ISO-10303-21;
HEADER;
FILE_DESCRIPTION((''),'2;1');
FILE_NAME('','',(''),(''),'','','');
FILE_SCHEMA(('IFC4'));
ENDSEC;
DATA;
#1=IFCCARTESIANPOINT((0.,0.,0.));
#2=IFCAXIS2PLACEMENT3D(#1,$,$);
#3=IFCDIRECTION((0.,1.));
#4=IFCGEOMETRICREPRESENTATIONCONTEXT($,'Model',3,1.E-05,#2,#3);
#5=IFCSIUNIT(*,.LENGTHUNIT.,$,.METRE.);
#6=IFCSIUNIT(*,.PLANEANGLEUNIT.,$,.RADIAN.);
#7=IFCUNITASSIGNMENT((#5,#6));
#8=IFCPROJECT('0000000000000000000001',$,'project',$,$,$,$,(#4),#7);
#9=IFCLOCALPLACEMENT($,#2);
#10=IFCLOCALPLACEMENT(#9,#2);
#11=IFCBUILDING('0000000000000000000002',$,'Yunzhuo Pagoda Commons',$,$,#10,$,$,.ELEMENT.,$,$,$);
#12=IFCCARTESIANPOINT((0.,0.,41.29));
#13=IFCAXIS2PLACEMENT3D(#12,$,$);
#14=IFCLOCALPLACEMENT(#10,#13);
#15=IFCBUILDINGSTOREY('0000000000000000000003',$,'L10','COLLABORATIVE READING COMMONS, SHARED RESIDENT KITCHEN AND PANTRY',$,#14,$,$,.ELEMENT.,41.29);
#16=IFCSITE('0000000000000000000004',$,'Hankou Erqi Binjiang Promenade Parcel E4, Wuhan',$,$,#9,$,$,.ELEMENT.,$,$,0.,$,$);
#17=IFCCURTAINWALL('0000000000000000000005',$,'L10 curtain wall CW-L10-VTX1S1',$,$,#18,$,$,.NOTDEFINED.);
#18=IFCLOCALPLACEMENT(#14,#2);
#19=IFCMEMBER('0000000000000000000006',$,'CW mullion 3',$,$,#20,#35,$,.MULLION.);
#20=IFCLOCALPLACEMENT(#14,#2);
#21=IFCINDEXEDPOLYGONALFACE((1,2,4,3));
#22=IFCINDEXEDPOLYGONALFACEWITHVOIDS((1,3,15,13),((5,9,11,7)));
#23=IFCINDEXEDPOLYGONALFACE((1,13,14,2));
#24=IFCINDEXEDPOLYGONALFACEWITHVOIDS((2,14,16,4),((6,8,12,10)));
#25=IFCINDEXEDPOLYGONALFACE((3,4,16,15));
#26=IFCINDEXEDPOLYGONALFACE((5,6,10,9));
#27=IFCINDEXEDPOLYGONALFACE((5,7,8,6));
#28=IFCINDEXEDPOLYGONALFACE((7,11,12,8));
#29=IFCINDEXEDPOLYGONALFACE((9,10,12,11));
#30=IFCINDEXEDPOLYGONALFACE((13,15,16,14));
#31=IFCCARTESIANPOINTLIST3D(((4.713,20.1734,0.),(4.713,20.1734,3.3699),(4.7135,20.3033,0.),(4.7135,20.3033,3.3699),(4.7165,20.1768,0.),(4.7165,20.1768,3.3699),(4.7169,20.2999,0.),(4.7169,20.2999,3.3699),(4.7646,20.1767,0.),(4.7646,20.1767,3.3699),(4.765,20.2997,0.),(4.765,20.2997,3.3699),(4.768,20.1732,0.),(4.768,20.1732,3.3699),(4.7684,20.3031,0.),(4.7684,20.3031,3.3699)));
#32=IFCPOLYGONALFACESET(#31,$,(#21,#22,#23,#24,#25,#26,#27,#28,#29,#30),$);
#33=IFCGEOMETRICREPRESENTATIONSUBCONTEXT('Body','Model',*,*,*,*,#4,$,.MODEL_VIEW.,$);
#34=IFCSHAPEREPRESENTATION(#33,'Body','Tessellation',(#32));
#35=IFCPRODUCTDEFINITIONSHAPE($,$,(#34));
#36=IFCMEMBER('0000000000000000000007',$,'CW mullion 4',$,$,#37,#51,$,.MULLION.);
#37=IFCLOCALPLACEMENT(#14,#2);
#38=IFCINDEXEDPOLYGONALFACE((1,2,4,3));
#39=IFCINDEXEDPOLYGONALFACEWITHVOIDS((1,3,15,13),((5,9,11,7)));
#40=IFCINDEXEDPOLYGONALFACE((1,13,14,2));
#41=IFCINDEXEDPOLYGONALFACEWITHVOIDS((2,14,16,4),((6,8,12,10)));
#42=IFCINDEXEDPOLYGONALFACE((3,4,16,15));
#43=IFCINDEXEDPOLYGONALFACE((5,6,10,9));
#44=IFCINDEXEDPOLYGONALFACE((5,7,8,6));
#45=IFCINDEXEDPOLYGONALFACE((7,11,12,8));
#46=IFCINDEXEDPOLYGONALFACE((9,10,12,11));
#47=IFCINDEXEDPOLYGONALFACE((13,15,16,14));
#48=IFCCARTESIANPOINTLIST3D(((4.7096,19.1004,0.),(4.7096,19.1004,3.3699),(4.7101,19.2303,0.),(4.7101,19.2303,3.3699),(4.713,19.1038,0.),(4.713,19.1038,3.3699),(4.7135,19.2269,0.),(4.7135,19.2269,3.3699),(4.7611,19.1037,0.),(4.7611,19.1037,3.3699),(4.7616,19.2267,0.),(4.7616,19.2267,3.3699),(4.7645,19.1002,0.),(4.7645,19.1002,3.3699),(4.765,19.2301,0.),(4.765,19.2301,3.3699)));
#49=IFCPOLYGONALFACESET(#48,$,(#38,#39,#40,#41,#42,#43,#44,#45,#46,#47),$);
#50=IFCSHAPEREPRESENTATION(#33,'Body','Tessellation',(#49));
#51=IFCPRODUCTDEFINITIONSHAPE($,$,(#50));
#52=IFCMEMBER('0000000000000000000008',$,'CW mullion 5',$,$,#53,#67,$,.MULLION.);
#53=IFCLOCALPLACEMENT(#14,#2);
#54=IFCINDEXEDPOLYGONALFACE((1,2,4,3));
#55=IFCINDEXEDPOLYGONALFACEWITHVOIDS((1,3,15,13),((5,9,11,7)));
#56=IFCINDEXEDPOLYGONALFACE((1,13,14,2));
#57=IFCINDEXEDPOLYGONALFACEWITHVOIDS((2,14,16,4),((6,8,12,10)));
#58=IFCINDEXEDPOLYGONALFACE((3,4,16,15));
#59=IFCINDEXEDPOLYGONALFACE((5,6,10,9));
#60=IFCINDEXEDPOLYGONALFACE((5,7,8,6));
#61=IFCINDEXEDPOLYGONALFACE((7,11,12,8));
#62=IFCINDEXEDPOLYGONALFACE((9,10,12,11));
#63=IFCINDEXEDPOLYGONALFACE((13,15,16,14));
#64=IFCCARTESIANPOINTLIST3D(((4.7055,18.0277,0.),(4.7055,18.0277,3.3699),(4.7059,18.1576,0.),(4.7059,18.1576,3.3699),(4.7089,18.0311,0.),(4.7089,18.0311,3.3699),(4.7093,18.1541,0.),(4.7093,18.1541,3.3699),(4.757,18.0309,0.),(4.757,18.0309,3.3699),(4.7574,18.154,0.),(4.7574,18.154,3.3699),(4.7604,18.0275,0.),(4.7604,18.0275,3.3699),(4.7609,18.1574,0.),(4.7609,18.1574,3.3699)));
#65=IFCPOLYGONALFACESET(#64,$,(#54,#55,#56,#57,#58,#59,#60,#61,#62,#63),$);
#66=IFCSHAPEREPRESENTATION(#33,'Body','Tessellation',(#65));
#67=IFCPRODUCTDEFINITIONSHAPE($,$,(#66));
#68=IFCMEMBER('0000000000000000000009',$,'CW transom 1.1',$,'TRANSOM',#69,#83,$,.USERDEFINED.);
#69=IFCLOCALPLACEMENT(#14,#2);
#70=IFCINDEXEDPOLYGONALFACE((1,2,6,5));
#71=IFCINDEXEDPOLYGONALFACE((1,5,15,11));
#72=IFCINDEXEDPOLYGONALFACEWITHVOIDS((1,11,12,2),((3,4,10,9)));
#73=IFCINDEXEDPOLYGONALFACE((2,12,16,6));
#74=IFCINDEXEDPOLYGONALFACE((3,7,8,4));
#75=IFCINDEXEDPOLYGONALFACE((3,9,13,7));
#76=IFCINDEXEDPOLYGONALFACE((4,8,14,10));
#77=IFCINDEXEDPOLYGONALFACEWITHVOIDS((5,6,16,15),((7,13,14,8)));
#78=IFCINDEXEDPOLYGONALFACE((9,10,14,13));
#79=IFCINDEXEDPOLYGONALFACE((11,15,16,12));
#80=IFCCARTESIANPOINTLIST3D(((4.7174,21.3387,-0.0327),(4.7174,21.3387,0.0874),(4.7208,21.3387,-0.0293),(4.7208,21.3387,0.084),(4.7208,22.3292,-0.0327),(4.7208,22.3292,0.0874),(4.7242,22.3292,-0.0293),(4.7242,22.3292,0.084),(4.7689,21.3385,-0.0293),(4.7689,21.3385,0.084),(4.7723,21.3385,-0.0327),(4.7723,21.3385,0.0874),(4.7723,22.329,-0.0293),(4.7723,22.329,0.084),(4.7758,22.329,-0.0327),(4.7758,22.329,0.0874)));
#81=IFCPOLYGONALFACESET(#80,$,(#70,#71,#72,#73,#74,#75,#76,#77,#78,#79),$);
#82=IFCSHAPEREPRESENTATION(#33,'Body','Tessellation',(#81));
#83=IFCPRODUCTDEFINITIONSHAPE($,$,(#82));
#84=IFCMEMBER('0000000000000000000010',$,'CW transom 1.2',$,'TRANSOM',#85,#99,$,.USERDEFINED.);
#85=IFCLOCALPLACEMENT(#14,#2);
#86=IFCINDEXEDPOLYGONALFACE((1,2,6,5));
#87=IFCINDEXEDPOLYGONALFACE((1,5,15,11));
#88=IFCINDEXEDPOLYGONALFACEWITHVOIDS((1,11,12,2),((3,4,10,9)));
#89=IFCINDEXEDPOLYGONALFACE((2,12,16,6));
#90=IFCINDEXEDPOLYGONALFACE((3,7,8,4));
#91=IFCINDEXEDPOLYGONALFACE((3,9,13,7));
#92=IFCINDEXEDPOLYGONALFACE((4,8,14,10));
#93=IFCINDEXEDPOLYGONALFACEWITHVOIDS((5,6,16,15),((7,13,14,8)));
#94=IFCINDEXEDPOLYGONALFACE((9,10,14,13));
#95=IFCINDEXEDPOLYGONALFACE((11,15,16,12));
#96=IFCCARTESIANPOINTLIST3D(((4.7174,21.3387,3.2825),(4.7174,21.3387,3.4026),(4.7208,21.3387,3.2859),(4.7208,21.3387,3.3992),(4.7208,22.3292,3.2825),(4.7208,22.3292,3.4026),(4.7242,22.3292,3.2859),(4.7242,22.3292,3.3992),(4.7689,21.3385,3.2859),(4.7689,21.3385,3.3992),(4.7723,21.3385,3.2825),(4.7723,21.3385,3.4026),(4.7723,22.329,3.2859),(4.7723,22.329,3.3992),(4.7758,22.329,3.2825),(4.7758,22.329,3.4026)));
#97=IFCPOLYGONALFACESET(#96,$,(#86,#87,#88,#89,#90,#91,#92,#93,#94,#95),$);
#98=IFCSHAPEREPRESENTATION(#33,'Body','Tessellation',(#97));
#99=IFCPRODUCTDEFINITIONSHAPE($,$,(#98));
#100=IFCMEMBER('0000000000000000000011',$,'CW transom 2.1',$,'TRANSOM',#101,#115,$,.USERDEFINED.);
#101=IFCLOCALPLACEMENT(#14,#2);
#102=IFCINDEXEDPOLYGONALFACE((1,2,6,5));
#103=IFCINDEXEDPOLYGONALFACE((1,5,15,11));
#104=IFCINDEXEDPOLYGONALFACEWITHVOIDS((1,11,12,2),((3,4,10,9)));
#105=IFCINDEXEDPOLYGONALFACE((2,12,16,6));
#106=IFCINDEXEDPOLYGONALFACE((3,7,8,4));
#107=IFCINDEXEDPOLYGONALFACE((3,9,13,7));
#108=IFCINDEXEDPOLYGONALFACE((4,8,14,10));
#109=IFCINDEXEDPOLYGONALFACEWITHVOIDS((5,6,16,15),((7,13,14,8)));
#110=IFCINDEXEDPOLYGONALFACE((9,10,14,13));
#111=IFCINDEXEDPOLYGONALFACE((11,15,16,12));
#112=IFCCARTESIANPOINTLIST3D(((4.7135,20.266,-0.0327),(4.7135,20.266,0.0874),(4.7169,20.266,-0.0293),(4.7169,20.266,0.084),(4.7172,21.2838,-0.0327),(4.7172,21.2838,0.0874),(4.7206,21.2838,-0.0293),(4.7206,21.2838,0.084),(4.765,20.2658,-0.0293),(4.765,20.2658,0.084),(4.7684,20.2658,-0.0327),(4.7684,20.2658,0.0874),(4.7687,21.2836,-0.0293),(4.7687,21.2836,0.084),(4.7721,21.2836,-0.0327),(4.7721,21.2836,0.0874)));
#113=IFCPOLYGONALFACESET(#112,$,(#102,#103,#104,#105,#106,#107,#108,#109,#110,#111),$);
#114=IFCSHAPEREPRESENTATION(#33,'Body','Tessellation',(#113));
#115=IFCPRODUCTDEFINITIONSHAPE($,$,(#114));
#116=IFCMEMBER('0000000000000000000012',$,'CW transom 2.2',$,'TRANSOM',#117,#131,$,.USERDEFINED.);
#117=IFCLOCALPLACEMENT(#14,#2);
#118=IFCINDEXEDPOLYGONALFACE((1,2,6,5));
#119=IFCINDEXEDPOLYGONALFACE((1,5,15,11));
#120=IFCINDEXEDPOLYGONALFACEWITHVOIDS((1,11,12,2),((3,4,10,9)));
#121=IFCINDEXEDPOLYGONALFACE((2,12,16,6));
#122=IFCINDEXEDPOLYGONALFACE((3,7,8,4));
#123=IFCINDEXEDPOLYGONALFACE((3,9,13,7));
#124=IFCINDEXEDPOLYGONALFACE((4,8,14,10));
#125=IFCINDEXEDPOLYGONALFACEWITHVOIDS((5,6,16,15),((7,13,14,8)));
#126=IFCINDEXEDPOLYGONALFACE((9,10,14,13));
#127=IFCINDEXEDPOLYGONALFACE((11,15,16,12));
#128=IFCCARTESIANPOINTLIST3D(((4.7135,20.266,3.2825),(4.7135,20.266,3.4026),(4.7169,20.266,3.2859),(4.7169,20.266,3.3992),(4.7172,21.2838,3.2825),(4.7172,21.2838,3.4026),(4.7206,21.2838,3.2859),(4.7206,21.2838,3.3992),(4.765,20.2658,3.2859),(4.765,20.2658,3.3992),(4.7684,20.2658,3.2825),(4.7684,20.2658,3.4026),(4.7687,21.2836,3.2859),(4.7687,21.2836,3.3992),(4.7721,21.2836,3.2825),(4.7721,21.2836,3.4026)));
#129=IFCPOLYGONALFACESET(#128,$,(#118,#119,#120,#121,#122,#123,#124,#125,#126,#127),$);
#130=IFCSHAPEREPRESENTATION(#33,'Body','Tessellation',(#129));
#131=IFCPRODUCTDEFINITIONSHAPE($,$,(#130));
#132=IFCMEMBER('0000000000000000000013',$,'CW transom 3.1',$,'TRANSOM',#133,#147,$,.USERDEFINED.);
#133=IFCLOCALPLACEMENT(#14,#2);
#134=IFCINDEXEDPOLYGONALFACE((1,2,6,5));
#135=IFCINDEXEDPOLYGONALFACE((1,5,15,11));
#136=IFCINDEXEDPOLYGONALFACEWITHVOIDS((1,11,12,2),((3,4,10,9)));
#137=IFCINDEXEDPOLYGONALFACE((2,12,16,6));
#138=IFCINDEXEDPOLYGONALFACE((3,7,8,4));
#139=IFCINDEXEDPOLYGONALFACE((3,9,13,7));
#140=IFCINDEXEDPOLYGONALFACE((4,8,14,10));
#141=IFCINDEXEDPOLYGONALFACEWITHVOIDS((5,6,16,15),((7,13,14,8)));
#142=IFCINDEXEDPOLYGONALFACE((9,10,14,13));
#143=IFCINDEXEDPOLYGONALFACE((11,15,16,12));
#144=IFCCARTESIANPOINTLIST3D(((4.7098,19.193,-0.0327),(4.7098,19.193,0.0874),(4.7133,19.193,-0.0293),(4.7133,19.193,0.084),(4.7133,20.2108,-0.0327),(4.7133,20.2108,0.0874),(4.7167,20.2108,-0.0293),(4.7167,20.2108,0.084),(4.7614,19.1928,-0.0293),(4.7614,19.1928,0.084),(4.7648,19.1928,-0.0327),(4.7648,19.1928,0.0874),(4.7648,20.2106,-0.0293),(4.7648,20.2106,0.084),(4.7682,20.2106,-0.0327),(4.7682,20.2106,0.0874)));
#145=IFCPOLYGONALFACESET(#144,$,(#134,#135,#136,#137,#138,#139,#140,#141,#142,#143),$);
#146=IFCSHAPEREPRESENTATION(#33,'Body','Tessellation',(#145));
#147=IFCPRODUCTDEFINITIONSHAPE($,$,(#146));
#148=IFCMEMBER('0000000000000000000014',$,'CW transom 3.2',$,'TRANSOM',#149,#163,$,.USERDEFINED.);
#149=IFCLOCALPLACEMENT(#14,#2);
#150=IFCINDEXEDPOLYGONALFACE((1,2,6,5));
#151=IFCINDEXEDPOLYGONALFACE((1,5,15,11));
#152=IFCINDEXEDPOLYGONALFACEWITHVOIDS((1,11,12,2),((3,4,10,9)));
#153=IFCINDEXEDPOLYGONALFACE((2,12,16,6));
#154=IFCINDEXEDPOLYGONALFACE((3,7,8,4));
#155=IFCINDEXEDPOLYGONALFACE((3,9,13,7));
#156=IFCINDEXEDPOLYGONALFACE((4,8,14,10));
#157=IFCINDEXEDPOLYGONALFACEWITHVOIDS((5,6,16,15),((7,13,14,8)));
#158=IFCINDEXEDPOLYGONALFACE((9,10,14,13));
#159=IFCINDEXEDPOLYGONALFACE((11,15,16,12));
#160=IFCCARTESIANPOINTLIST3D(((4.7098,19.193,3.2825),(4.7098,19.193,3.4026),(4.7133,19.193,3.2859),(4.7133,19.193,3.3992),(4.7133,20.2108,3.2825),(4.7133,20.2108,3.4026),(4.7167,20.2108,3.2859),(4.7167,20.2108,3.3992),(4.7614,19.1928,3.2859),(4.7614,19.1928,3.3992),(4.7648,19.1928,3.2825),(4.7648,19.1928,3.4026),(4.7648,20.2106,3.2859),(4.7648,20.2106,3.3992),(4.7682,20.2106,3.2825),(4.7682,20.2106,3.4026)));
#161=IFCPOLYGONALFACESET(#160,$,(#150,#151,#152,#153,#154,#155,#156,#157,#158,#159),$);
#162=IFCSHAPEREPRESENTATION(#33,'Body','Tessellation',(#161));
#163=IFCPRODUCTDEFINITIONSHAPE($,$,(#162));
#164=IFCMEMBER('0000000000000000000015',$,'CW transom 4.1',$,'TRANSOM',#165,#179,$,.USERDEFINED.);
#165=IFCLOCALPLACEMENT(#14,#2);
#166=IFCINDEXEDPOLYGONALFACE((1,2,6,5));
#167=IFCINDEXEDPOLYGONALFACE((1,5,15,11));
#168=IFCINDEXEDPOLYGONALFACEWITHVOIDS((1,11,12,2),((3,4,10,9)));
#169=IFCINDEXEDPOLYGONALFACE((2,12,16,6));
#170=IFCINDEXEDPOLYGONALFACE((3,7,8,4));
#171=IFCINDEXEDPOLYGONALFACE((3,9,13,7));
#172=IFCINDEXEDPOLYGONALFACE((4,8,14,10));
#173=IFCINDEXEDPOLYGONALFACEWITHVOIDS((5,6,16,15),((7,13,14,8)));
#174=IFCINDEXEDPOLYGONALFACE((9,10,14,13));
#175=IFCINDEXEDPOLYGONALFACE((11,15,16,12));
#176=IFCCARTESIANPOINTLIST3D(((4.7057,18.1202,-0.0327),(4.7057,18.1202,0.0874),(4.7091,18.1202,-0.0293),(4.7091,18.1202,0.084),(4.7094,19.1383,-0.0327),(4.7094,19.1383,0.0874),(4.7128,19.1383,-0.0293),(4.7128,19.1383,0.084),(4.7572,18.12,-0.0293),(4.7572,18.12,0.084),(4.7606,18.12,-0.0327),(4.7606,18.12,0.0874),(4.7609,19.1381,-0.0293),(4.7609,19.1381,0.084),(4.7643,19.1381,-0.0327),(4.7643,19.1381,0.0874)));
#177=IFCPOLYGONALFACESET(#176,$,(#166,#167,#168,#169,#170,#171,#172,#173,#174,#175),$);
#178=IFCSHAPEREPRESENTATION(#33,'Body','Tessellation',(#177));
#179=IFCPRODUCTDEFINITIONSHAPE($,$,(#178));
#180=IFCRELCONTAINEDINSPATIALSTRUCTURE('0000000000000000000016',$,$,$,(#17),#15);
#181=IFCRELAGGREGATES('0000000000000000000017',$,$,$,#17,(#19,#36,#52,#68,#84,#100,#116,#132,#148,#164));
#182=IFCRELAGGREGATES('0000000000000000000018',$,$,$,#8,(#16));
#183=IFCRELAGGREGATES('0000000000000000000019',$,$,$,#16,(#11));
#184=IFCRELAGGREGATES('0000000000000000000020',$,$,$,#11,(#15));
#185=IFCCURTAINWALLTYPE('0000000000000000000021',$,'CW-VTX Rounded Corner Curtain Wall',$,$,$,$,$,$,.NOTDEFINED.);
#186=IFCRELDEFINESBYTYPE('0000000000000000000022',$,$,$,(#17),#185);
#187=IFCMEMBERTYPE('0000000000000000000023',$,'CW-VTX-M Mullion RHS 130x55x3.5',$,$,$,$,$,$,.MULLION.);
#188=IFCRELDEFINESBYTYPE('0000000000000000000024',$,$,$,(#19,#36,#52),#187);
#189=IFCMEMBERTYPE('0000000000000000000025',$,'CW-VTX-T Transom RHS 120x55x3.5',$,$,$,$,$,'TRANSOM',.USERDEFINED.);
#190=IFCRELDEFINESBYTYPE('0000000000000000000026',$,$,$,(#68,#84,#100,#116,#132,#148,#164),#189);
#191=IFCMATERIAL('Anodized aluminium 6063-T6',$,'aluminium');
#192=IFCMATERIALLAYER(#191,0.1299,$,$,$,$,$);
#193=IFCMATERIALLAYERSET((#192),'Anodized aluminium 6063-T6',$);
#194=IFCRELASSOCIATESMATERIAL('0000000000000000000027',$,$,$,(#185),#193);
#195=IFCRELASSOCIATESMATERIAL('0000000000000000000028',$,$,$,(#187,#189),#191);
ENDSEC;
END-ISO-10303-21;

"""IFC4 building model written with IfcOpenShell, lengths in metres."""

from ifc_helpers import new_model, si_unit, direction, frame, origin, origin_2d, place, context, subcontext, project, spatial, hollow_rectangle, extrude, source, transform, mapped, material, layer, layer_set, material_profile, profile_set, type_object, element, aggregate, save


model = new_model("IFC4")

# Units and contexts
model_context = context("Model", 3, precision=1e-05, world=origin(), true_north=direction((0.0, 1.0)))
body_context = subcontext(model_context, "Body", "Model", "MODEL_VIEW")
ifc_project = project(units=[si_unit("LENGTHUNIT", "METRE"), si_unit("PLANEANGLEUNIT", "RADIAN")], contexts=[model_context])

# Site, building, storey
site_placement = place(None, origin())
site = spatial("IfcSite", under=ifc_project, at=site_placement, Name="Hankou Erqi Binjiang Promenade Parcel E4, Wuhan", CompositionType="ELEMENT", RefElevation=0.0)
building_placement = place(site_placement, origin())
building = spatial("IfcBuilding", under=site, at=building_placement, Name="Yunzhuo Pagoda Commons", CompositionType="ELEMENT")
storey_placement = place(building_placement, frame((0.0, 0.0, 41.29)))
storey = spatial("IfcBuildingStorey", under=building, at=storey_placement, Name="L10", Description="COLLABORATIVE READING COMMONS, SHARED RESIDENT KITCHEN AND PANTRY", CompositionType="ELEMENT", Elevation=41.29)

# Shared definitions
ifc_material_1 = material(Name="Anodized aluminium 6063-T6", Category="aluminium")

# Curtain wall, members
ifc_layer_1 = layer(ifc_material_1, 0.1299)
ifc_layer_set_1 = layer_set([ifc_layer_1], Name="Anodized aluminium 6063-T6")
curtain_wall_type_1 = type_object("IfcCurtainWallType", Name="CW-VTX Rounded Corner Curtain Wall", PredefinedType="NOTDEFINED", material=ifc_layer_set_1)
curtain_wall_1_placement = place(storey_placement, origin())
curtain_wall_1 = element("IfcCurtainWall", 1, at=curtain_wall_1_placement, inside=storey, type_object=curtain_wall_type_1, Name="L10 curtain wall CW-L10-VTX1S1", PredefinedType="NOTDEFINED")
ifc_material_profile_1 = material_profile(ifc_material_1, hollow_rectangle(XDim=0.0549, YDim=0.1299, WallThickness=0.0034, at=origin_2d()), Name="Anodized aluminium 6063-T6")
ifc_profile_set_1 = profile_set([ifc_material_profile_1], Name="Anodized aluminium 6063-T6")
member_type_1 = type_object("IfcMemberType", Name="CW-VTX-M Mullion RHS 130x55x3.5", PredefinedType="MULLION", material=ifc_profile_set_1)
shared_shape_1 = source(origin(), body_context, "Body", "SweptSolid", [
    extrude(hollow_rectangle(XDim=0.0549, YDim=0.1299, WallThickness=0.0034, at=origin_2d()), origin(), (0.0, 0.0, 1.0), 3.3699),
])
member_1_placement = place(storey_placement, frame((4.7407, 20.2383, 0.0), z_axis=(0.0, 0.0, 1.0), x_axis=(0.999994, -0.003579, 0.0)))
member_1 = element("IfcMember", 2, at=member_1_placement, type_object=member_type_1, Name="CW mullion 3", PredefinedType="MULLION", context=body_context, shape_type="MappedRepresentation", body=[
    mapped(shared_shape_1, transform((0.0, 0.0, 0.0), scale=1.0)),
])
member_2_placement = place(storey_placement, frame((4.7373, 19.1653, 0.0), z_axis=(0.0, 0.0, 1.0), x_axis=(0.999994, -0.003579, 0.0)))
member_2 = element("IfcMember", 3, at=member_2_placement, type_object=member_type_1, Name="CW mullion 4", PredefinedType="MULLION", context=body_context, shape_type="MappedRepresentation", body=[
    mapped(shared_shape_1, transform((0.0, 0.0, 0.0), scale=1.0)),
])
member_3_placement = place(storey_placement, frame((4.7332, 18.0925, 0.0), z_axis=(0.0, 0.0, 1.0), x_axis=(0.999994, -0.003579, 0.0)))
member_3 = element("IfcMember", 4, at=member_3_placement, type_object=member_type_1, Name="CW mullion 5", PredefinedType="MULLION", context=body_context, shape_type="MappedRepresentation", body=[
    mapped(shared_shape_1, transform((0.0, 0.0, 0.0), scale=1.0)),
])
ifc_material_profile_2 = material_profile(ifc_material_1, hollow_rectangle(XDim=0.0549, YDim=0.1201, WallThickness=0.0034, at=origin_2d()), Name="Anodized aluminium 6063-T6")
ifc_profile_set_2 = profile_set([ifc_material_profile_2], Name="Anodized aluminium 6063-T6")
member_type_2 = type_object("IfcMemberType", Name="CW-VTX-T Transom RHS 120x55x3.5", ElementType="TRANSOM", PredefinedType="USERDEFINED", material=ifc_profile_set_2)
shared_shape_2 = source(origin(), body_context, "Body", "SweptSolid", [
    extrude(hollow_rectangle(XDim=0.0549, YDim=0.1201, WallThickness=0.0034, at=origin_2d()), origin(), (0.0, 0.0, 1.0), 0.9905),
])
member_4_placement = place(storey_placement, frame((4.7483, 22.3291, 0.0273), z_axis=(-0.003451, -0.999994, 0.0), x_axis=(0.999994, -0.003451, 0.0)))
member_4 = element("IfcMember", 5, at=member_4_placement, type_object=member_type_2, Name="CW transom 1.1", ObjectType="TRANSOM", PredefinedType="USERDEFINED", context=body_context, shape_type="MappedRepresentation", body=[
    mapped(shared_shape_2, transform((0.0, 0.0, 0.0), scale=1.0)),
])
member_5_placement = place(storey_placement, frame((4.7483, 22.3291, 3.3425), z_axis=(-0.003451, -0.999994, 0.0), x_axis=(0.999994, -0.003451, 0.0)))
member_5 = element("IfcMember", 6, at=member_5_placement, type_object=member_type_2, Name="CW transom 1.2", ObjectType="TRANSOM", PredefinedType="USERDEFINED", context=body_context, shape_type="MappedRepresentation", body=[
    mapped(shared_shape_2, transform((0.0, 0.0, 0.0), scale=1.0)),
])
shared_shape_3 = source(origin(), body_context, "Body", "SweptSolid", [
    extrude(hollow_rectangle(XDim=0.0549, YDim=0.1201, WallThickness=0.0034, at=origin_2d()), origin(), (0.0, 0.0, 1.0), 1.0178),
])
member_6_placement = place(storey_placement, frame((4.7446, 21.2837, 0.0273), z_axis=(-0.003598, -0.999994, 0.0), x_axis=(0.999994, -0.003598, 0.0)))
member_6 = element("IfcMember", 7, at=member_6_placement, type_object=member_type_2, Name="CW transom 2.1", ObjectType="TRANSOM", PredefinedType="USERDEFINED", context=body_context, shape_type="MappedRepresentation", body=[
    mapped(shared_shape_3, transform((0.0, 0.0, 0.0), scale=1.0)),
])
member_7_placement = place(storey_placement, frame((4.7446, 21.2837, 3.3425), z_axis=(-0.003598, -0.999994, 0.0), x_axis=(0.999994, -0.003598, 0.0)))
member_7 = element("IfcMember", 8, at=member_7_placement, type_object=member_type_2, Name="CW transom 2.2", ObjectType="TRANSOM", PredefinedType="USERDEFINED", context=body_context, shape_type="MappedRepresentation", body=[
    mapped(shared_shape_3, transform((0.0, 0.0, 0.0), scale=1.0)),
])
member_8_placement = place(storey_placement, frame((4.7407, 20.2107, 0.0273), z_axis=(-0.003358, -0.999994, 0.0), x_axis=(0.999994, -0.003358, 0.0)))
member_8 = element("IfcMember", 9, at=member_8_placement, type_object=member_type_2, Name="CW transom 3.1", ObjectType="TRANSOM", PredefinedType="USERDEFINED", context=body_context, shape_type="MappedRepresentation", body=[
    mapped(shared_shape_3, transform((0.0, 0.0, 0.0), scale=1.0)),
])
member_9_placement = place(storey_placement, frame((4.7407, 20.2107, 3.3425), z_axis=(-0.003358, -0.999994, 0.0), x_axis=(0.999994, -0.003358, 0.0)))
member_9 = element("IfcMember", 10, at=member_9_placement, type_object=member_type_2, Name="CW transom 3.2", ObjectType="TRANSOM", PredefinedType="USERDEFINED", context=body_context, shape_type="MappedRepresentation", body=[
    mapped(shared_shape_3, transform((0.0, 0.0, 0.0), scale=1.0)),
])
shared_shape_4 = source(origin(), body_context, "Body", "SweptSolid", [
    extrude(hollow_rectangle(XDim=0.0549, YDim=0.1201, WallThickness=0.0034, at=origin_2d()), origin(), (0.0, 0.0, 1.0), 1.0181),
])
member_10_placement = place(storey_placement, frame((4.7368, 19.1382, 0.0273), z_axis=(-0.003597, -0.999994, 0.0), x_axis=(0.999994, -0.003597, 0.0)))
member_10 = element("IfcMember", 11, at=member_10_placement, type_object=member_type_2, Name="CW transom 4.1", ObjectType="TRANSOM", PredefinedType="USERDEFINED", context=body_context, shape_type="MappedRepresentation", body=[
    mapped(shared_shape_4, transform((0.0, 0.0, 0.0), scale=1.0)),
])

aggregate(curtain_wall_1, [member_1, member_2, member_3, member_4, member_5, member_6, member_7, member_8, member_9, member_10])

save(model, "model.ifc")
